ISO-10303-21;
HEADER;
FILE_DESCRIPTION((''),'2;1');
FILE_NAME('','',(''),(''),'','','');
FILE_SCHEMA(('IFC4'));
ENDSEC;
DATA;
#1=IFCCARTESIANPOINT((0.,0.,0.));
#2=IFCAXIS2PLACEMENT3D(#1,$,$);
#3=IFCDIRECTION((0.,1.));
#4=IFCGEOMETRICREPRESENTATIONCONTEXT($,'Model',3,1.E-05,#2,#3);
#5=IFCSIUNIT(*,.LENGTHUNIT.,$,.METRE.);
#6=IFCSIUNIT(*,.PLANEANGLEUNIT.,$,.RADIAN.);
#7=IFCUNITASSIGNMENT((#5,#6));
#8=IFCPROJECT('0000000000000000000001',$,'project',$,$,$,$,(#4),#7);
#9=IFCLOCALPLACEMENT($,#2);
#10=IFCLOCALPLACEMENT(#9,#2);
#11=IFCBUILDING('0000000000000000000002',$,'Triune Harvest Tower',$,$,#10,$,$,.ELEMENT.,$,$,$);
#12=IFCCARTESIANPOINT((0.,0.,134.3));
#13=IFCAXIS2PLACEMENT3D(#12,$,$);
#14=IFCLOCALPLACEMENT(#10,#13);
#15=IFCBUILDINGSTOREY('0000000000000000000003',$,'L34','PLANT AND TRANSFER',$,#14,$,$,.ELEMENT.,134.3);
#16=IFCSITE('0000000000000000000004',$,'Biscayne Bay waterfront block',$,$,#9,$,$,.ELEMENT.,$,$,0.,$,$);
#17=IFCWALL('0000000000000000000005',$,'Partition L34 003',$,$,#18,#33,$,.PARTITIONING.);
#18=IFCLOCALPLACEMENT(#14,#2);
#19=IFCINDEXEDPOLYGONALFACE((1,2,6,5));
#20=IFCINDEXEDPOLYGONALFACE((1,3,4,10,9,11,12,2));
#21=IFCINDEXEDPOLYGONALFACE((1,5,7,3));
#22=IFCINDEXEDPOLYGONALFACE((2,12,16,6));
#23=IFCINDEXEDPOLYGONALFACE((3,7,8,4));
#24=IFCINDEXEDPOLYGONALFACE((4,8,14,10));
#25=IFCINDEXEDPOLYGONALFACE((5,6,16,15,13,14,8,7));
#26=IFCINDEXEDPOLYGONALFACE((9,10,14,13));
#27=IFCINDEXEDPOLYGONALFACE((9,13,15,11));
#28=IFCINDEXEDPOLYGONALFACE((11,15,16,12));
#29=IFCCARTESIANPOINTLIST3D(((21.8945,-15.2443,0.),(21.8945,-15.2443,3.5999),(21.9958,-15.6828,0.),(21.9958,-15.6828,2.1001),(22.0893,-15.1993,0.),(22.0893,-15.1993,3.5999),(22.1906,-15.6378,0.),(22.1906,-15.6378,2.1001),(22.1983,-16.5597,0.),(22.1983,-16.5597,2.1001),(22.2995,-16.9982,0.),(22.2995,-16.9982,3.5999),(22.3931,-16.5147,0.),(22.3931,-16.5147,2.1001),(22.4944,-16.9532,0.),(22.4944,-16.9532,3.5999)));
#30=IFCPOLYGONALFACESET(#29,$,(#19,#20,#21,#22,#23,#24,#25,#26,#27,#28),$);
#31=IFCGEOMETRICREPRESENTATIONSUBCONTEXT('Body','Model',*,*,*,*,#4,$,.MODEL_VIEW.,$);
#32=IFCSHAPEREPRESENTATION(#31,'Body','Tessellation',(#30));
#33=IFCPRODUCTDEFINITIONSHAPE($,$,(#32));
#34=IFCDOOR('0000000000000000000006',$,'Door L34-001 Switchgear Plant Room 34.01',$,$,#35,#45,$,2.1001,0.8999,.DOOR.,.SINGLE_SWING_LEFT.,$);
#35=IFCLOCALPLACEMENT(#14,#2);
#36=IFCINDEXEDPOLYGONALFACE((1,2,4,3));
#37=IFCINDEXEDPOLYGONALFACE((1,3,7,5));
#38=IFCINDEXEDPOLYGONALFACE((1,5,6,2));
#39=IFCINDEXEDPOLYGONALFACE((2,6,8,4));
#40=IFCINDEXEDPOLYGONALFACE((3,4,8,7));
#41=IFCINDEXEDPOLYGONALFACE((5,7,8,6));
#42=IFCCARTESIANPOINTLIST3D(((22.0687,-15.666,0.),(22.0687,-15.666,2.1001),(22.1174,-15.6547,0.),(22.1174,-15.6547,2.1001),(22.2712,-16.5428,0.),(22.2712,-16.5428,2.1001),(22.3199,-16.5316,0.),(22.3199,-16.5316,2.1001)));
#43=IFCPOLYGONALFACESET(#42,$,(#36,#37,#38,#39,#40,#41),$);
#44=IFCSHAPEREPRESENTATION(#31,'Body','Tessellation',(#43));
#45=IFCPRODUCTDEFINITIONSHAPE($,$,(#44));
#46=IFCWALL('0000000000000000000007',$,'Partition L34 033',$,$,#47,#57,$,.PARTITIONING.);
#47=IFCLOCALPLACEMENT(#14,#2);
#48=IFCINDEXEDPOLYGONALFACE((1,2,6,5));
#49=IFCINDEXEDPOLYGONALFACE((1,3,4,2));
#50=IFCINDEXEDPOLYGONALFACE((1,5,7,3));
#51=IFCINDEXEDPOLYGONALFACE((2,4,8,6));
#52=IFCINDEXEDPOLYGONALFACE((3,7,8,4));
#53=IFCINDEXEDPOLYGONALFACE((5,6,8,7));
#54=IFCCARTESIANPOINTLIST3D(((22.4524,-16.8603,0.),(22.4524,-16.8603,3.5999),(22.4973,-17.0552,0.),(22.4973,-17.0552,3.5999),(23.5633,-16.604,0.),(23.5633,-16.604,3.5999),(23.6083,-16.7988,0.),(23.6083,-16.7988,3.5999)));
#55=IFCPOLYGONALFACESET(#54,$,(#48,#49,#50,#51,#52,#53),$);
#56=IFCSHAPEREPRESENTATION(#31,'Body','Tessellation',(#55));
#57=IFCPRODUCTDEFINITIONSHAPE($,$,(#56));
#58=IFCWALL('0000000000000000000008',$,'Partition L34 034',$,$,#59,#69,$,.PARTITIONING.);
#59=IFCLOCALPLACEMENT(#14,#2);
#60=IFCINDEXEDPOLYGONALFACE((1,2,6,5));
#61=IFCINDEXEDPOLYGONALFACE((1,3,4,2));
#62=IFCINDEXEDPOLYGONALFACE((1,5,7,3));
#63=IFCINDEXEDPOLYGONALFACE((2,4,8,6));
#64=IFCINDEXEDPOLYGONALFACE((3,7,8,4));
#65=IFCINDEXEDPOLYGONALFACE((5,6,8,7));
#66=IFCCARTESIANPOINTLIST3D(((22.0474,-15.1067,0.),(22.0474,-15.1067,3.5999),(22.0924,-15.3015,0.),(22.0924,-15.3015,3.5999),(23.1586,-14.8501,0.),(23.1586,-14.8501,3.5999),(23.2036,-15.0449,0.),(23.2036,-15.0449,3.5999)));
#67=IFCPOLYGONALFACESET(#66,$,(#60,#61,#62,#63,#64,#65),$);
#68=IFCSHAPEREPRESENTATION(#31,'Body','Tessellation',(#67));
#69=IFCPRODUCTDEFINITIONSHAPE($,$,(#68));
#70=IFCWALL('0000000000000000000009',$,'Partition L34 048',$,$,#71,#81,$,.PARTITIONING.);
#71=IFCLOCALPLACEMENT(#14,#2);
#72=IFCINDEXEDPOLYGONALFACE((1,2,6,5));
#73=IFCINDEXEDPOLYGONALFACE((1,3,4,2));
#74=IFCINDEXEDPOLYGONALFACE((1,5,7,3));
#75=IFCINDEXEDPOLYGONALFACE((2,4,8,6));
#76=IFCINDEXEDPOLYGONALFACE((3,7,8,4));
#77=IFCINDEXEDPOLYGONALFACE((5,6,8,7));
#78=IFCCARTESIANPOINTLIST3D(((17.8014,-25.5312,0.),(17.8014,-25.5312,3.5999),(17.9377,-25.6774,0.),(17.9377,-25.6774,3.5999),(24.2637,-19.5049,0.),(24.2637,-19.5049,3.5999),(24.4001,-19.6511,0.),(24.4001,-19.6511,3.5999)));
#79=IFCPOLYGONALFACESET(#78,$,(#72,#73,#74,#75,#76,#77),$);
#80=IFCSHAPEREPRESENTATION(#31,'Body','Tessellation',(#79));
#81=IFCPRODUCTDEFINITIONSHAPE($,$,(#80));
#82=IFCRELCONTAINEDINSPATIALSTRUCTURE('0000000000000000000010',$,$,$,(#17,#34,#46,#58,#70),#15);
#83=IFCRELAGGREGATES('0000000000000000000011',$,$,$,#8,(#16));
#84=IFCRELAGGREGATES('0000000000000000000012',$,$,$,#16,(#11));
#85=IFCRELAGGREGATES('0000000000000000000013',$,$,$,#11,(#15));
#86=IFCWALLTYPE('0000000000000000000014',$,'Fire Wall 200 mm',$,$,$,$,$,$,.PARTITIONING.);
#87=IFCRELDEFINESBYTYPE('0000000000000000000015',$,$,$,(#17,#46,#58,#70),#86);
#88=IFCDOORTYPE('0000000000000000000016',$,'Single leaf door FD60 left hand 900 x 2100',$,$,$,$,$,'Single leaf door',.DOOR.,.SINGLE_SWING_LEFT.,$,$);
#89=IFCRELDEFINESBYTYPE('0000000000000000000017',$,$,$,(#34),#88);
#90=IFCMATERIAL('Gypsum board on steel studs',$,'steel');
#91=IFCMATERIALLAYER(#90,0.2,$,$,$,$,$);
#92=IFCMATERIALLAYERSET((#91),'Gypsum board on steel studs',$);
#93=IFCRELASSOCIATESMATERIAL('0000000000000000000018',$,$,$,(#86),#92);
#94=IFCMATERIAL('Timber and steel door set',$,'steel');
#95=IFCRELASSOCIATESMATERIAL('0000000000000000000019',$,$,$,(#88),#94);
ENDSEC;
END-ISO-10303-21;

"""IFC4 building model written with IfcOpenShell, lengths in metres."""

from ifc_helpers import new_model, si_unit, direction, frame, frame_2d, origin, place, context, subcontext, project, spatial, rectangle, extrude, material, layer, layer_set, type_object, element, fill, save


model = new_model("IFC4")

# Units and contexts
model_context = context("Model", 3, precision=1e-05, world=origin(), true_north=direction((0.0, 1.0)))
body_context = subcontext(model_context, "Body", "Model", "MODEL_VIEW")
ifc_project = project(units=[si_unit("LENGTHUNIT", "METRE"), si_unit("PLANEANGLEUNIT", "RADIAN")], contexts=[model_context])

# Site, building, storey
site_placement = place(None, origin())
site = spatial("IfcSite", under=ifc_project, at=site_placement, Name="Biscayne Bay waterfront block", CompositionType="ELEMENT", RefElevation=0.0)
building_placement = place(site_placement, origin())
building = spatial("IfcBuilding", under=site, at=building_placement, Name="Triune Harvest Tower", CompositionType="ELEMENT")
storey_placement = place(building_placement, frame((0.0, 0.0, 134.3)))
storey = spatial("IfcBuildingStorey", under=building, at=storey_placement, Name="L34", Description="PLANT AND TRANSFER", CompositionType="ELEMENT", Elevation=134.3)

# Wall, opening, door
ifc_material_1 = material(Name="Gypsum board on steel studs", Category="steel")
ifc_layer_1 = layer(ifc_material_1, 0.2)
ifc_layer_set_1 = layer_set([ifc_layer_1], Name="Gypsum board on steel studs")
wall_type = type_object("IfcWallType", Name="Fire Wall 200 mm", PredefinedType="PARTITIONING", material=ifc_layer_set_1)
wall_1_placement = place(storey_placement, frame((21.9919, -15.2219, 0.0), z_axis=(0.0, 0.0, 1.0), x_axis=(0.225008, -0.974357, 0.0)))
wall_1 = element("IfcWall", 1, at=wall_1_placement, inside=storey, type_object=wall_type, Name="Partition L34 003", PredefinedType="PARTITIONING", context=body_context, shape_type="SweptSolid", body=[
    extrude(rectangle(XDim=1.8, YDim=0.2, at=frame_2d((0.8999, 0.0))), origin(), (0.0, 0.0, 1.0), 3.5999),
])
opening_placement = place(wall_1_placement, frame((0.45, 0.0, 0.0)))
opening = element("IfcOpeningElement", 2, at=opening_placement, cuts=wall_1, PredefinedType="OPENING", context=body_context, shape_type="SweptSolid", body=[
    extrude(rectangle(XDim=0.8999, YDim=2.1001, at=frame_2d((0.45, 1.05))), frame((0.0, 0.1099, 0.0), z_axis=(0.0, -1.0, 0.0), x_axis=(1.0, 0.0, 0.0)), (0.0, 0.0, 1.0), 0.22),
])
ifc_material_2 = material(Name="Timber and steel door set", Category="steel")
door_type = type_object("IfcDoorType", Name="Single leaf door FD60 left hand 900 x 2100", ElementType="Single leaf door", OperationType="SINGLE_SWING_LEFT", PredefinedType="DOOR", material=ifc_material_2)
door_placement = place(opening_placement, origin())
door = element("IfcDoor", 3, at=door_placement, inside=storey, type_object=door_type, Name="Door L34-001 Switchgear Plant Room 34.01", OperationType="SINGLE_SWING_LEFT", OverallHeight=2.1001, OverallWidth=0.8999, PredefinedType="DOOR", context=body_context, shape_type="SweptSolid", body=[
    extrude(rectangle(XDim=0.8999, YDim=2.1001, at=frame_2d((0.45, 1.05))), frame((0.0, 0.0249, 0.0), z_axis=(0.0, -1.0, 0.0), x_axis=(1.0, 0.0, 0.0)), (0.0, 0.0, 1.0), 0.05),
])
fill(opening, door)

# Walls
wall_2_placement = place(storey_placement, frame((22.4749, -16.9578, 0.0), z_axis=(0.0, 0.0, 1.0), x_axis=(0.974391, 0.22486, 0.0)))
element("IfcWall", 4, at=wall_2_placement, inside=storey, type_object=wall_type, Name="Partition L34 033", PredefinedType="PARTITIONING", context=body_context, shape_type="SweptSolid", body=[
    extrude(rectangle(XDim=1.1401, YDim=0.2, at=frame_2d((0.5701, 0.0))), origin(), (0.0, 0.0, 1.0), 3.5999),
])
wall_3_placement = place(storey_placement, frame((22.0698, -15.2041, 0.0), z_axis=(0.0, 0.0, 1.0), x_axis=(0.974355, 0.225016, 0.0)))
element("IfcWall", 5, at=wall_3_placement, inside=storey, type_object=wall_type, Name="Partition L34 034", PredefinedType="PARTITIONING", context=body_context, shape_type="SweptSolid", body=[
    extrude(rectangle(XDim=1.1404, YDim=0.2, at=frame_2d((0.5703, 0.0))), origin(), (0.0, 0.0, 1.0), 3.5999),
])
wall_4_placement = place(storey_placement, frame((17.8696, -25.6042, 0.0), z_axis=(0.0, 0.0, 1.0), x_axis=(0.731349, 0.682003, 0.0)))
element("IfcWall", 6, at=wall_4_placement, inside=storey, type_object=wall_type, Name="Partition L34 048", PredefinedType="PARTITIONING", context=body_context, shape_type="SweptSolid", body=[
    extrude(rectangle(XDim=8.8362, YDim=0.2, at=frame_2d((4.418, 0.0))), origin(), (0.0, 0.0, 1.0), 3.5999),
])

save(model, "model.ifc")
